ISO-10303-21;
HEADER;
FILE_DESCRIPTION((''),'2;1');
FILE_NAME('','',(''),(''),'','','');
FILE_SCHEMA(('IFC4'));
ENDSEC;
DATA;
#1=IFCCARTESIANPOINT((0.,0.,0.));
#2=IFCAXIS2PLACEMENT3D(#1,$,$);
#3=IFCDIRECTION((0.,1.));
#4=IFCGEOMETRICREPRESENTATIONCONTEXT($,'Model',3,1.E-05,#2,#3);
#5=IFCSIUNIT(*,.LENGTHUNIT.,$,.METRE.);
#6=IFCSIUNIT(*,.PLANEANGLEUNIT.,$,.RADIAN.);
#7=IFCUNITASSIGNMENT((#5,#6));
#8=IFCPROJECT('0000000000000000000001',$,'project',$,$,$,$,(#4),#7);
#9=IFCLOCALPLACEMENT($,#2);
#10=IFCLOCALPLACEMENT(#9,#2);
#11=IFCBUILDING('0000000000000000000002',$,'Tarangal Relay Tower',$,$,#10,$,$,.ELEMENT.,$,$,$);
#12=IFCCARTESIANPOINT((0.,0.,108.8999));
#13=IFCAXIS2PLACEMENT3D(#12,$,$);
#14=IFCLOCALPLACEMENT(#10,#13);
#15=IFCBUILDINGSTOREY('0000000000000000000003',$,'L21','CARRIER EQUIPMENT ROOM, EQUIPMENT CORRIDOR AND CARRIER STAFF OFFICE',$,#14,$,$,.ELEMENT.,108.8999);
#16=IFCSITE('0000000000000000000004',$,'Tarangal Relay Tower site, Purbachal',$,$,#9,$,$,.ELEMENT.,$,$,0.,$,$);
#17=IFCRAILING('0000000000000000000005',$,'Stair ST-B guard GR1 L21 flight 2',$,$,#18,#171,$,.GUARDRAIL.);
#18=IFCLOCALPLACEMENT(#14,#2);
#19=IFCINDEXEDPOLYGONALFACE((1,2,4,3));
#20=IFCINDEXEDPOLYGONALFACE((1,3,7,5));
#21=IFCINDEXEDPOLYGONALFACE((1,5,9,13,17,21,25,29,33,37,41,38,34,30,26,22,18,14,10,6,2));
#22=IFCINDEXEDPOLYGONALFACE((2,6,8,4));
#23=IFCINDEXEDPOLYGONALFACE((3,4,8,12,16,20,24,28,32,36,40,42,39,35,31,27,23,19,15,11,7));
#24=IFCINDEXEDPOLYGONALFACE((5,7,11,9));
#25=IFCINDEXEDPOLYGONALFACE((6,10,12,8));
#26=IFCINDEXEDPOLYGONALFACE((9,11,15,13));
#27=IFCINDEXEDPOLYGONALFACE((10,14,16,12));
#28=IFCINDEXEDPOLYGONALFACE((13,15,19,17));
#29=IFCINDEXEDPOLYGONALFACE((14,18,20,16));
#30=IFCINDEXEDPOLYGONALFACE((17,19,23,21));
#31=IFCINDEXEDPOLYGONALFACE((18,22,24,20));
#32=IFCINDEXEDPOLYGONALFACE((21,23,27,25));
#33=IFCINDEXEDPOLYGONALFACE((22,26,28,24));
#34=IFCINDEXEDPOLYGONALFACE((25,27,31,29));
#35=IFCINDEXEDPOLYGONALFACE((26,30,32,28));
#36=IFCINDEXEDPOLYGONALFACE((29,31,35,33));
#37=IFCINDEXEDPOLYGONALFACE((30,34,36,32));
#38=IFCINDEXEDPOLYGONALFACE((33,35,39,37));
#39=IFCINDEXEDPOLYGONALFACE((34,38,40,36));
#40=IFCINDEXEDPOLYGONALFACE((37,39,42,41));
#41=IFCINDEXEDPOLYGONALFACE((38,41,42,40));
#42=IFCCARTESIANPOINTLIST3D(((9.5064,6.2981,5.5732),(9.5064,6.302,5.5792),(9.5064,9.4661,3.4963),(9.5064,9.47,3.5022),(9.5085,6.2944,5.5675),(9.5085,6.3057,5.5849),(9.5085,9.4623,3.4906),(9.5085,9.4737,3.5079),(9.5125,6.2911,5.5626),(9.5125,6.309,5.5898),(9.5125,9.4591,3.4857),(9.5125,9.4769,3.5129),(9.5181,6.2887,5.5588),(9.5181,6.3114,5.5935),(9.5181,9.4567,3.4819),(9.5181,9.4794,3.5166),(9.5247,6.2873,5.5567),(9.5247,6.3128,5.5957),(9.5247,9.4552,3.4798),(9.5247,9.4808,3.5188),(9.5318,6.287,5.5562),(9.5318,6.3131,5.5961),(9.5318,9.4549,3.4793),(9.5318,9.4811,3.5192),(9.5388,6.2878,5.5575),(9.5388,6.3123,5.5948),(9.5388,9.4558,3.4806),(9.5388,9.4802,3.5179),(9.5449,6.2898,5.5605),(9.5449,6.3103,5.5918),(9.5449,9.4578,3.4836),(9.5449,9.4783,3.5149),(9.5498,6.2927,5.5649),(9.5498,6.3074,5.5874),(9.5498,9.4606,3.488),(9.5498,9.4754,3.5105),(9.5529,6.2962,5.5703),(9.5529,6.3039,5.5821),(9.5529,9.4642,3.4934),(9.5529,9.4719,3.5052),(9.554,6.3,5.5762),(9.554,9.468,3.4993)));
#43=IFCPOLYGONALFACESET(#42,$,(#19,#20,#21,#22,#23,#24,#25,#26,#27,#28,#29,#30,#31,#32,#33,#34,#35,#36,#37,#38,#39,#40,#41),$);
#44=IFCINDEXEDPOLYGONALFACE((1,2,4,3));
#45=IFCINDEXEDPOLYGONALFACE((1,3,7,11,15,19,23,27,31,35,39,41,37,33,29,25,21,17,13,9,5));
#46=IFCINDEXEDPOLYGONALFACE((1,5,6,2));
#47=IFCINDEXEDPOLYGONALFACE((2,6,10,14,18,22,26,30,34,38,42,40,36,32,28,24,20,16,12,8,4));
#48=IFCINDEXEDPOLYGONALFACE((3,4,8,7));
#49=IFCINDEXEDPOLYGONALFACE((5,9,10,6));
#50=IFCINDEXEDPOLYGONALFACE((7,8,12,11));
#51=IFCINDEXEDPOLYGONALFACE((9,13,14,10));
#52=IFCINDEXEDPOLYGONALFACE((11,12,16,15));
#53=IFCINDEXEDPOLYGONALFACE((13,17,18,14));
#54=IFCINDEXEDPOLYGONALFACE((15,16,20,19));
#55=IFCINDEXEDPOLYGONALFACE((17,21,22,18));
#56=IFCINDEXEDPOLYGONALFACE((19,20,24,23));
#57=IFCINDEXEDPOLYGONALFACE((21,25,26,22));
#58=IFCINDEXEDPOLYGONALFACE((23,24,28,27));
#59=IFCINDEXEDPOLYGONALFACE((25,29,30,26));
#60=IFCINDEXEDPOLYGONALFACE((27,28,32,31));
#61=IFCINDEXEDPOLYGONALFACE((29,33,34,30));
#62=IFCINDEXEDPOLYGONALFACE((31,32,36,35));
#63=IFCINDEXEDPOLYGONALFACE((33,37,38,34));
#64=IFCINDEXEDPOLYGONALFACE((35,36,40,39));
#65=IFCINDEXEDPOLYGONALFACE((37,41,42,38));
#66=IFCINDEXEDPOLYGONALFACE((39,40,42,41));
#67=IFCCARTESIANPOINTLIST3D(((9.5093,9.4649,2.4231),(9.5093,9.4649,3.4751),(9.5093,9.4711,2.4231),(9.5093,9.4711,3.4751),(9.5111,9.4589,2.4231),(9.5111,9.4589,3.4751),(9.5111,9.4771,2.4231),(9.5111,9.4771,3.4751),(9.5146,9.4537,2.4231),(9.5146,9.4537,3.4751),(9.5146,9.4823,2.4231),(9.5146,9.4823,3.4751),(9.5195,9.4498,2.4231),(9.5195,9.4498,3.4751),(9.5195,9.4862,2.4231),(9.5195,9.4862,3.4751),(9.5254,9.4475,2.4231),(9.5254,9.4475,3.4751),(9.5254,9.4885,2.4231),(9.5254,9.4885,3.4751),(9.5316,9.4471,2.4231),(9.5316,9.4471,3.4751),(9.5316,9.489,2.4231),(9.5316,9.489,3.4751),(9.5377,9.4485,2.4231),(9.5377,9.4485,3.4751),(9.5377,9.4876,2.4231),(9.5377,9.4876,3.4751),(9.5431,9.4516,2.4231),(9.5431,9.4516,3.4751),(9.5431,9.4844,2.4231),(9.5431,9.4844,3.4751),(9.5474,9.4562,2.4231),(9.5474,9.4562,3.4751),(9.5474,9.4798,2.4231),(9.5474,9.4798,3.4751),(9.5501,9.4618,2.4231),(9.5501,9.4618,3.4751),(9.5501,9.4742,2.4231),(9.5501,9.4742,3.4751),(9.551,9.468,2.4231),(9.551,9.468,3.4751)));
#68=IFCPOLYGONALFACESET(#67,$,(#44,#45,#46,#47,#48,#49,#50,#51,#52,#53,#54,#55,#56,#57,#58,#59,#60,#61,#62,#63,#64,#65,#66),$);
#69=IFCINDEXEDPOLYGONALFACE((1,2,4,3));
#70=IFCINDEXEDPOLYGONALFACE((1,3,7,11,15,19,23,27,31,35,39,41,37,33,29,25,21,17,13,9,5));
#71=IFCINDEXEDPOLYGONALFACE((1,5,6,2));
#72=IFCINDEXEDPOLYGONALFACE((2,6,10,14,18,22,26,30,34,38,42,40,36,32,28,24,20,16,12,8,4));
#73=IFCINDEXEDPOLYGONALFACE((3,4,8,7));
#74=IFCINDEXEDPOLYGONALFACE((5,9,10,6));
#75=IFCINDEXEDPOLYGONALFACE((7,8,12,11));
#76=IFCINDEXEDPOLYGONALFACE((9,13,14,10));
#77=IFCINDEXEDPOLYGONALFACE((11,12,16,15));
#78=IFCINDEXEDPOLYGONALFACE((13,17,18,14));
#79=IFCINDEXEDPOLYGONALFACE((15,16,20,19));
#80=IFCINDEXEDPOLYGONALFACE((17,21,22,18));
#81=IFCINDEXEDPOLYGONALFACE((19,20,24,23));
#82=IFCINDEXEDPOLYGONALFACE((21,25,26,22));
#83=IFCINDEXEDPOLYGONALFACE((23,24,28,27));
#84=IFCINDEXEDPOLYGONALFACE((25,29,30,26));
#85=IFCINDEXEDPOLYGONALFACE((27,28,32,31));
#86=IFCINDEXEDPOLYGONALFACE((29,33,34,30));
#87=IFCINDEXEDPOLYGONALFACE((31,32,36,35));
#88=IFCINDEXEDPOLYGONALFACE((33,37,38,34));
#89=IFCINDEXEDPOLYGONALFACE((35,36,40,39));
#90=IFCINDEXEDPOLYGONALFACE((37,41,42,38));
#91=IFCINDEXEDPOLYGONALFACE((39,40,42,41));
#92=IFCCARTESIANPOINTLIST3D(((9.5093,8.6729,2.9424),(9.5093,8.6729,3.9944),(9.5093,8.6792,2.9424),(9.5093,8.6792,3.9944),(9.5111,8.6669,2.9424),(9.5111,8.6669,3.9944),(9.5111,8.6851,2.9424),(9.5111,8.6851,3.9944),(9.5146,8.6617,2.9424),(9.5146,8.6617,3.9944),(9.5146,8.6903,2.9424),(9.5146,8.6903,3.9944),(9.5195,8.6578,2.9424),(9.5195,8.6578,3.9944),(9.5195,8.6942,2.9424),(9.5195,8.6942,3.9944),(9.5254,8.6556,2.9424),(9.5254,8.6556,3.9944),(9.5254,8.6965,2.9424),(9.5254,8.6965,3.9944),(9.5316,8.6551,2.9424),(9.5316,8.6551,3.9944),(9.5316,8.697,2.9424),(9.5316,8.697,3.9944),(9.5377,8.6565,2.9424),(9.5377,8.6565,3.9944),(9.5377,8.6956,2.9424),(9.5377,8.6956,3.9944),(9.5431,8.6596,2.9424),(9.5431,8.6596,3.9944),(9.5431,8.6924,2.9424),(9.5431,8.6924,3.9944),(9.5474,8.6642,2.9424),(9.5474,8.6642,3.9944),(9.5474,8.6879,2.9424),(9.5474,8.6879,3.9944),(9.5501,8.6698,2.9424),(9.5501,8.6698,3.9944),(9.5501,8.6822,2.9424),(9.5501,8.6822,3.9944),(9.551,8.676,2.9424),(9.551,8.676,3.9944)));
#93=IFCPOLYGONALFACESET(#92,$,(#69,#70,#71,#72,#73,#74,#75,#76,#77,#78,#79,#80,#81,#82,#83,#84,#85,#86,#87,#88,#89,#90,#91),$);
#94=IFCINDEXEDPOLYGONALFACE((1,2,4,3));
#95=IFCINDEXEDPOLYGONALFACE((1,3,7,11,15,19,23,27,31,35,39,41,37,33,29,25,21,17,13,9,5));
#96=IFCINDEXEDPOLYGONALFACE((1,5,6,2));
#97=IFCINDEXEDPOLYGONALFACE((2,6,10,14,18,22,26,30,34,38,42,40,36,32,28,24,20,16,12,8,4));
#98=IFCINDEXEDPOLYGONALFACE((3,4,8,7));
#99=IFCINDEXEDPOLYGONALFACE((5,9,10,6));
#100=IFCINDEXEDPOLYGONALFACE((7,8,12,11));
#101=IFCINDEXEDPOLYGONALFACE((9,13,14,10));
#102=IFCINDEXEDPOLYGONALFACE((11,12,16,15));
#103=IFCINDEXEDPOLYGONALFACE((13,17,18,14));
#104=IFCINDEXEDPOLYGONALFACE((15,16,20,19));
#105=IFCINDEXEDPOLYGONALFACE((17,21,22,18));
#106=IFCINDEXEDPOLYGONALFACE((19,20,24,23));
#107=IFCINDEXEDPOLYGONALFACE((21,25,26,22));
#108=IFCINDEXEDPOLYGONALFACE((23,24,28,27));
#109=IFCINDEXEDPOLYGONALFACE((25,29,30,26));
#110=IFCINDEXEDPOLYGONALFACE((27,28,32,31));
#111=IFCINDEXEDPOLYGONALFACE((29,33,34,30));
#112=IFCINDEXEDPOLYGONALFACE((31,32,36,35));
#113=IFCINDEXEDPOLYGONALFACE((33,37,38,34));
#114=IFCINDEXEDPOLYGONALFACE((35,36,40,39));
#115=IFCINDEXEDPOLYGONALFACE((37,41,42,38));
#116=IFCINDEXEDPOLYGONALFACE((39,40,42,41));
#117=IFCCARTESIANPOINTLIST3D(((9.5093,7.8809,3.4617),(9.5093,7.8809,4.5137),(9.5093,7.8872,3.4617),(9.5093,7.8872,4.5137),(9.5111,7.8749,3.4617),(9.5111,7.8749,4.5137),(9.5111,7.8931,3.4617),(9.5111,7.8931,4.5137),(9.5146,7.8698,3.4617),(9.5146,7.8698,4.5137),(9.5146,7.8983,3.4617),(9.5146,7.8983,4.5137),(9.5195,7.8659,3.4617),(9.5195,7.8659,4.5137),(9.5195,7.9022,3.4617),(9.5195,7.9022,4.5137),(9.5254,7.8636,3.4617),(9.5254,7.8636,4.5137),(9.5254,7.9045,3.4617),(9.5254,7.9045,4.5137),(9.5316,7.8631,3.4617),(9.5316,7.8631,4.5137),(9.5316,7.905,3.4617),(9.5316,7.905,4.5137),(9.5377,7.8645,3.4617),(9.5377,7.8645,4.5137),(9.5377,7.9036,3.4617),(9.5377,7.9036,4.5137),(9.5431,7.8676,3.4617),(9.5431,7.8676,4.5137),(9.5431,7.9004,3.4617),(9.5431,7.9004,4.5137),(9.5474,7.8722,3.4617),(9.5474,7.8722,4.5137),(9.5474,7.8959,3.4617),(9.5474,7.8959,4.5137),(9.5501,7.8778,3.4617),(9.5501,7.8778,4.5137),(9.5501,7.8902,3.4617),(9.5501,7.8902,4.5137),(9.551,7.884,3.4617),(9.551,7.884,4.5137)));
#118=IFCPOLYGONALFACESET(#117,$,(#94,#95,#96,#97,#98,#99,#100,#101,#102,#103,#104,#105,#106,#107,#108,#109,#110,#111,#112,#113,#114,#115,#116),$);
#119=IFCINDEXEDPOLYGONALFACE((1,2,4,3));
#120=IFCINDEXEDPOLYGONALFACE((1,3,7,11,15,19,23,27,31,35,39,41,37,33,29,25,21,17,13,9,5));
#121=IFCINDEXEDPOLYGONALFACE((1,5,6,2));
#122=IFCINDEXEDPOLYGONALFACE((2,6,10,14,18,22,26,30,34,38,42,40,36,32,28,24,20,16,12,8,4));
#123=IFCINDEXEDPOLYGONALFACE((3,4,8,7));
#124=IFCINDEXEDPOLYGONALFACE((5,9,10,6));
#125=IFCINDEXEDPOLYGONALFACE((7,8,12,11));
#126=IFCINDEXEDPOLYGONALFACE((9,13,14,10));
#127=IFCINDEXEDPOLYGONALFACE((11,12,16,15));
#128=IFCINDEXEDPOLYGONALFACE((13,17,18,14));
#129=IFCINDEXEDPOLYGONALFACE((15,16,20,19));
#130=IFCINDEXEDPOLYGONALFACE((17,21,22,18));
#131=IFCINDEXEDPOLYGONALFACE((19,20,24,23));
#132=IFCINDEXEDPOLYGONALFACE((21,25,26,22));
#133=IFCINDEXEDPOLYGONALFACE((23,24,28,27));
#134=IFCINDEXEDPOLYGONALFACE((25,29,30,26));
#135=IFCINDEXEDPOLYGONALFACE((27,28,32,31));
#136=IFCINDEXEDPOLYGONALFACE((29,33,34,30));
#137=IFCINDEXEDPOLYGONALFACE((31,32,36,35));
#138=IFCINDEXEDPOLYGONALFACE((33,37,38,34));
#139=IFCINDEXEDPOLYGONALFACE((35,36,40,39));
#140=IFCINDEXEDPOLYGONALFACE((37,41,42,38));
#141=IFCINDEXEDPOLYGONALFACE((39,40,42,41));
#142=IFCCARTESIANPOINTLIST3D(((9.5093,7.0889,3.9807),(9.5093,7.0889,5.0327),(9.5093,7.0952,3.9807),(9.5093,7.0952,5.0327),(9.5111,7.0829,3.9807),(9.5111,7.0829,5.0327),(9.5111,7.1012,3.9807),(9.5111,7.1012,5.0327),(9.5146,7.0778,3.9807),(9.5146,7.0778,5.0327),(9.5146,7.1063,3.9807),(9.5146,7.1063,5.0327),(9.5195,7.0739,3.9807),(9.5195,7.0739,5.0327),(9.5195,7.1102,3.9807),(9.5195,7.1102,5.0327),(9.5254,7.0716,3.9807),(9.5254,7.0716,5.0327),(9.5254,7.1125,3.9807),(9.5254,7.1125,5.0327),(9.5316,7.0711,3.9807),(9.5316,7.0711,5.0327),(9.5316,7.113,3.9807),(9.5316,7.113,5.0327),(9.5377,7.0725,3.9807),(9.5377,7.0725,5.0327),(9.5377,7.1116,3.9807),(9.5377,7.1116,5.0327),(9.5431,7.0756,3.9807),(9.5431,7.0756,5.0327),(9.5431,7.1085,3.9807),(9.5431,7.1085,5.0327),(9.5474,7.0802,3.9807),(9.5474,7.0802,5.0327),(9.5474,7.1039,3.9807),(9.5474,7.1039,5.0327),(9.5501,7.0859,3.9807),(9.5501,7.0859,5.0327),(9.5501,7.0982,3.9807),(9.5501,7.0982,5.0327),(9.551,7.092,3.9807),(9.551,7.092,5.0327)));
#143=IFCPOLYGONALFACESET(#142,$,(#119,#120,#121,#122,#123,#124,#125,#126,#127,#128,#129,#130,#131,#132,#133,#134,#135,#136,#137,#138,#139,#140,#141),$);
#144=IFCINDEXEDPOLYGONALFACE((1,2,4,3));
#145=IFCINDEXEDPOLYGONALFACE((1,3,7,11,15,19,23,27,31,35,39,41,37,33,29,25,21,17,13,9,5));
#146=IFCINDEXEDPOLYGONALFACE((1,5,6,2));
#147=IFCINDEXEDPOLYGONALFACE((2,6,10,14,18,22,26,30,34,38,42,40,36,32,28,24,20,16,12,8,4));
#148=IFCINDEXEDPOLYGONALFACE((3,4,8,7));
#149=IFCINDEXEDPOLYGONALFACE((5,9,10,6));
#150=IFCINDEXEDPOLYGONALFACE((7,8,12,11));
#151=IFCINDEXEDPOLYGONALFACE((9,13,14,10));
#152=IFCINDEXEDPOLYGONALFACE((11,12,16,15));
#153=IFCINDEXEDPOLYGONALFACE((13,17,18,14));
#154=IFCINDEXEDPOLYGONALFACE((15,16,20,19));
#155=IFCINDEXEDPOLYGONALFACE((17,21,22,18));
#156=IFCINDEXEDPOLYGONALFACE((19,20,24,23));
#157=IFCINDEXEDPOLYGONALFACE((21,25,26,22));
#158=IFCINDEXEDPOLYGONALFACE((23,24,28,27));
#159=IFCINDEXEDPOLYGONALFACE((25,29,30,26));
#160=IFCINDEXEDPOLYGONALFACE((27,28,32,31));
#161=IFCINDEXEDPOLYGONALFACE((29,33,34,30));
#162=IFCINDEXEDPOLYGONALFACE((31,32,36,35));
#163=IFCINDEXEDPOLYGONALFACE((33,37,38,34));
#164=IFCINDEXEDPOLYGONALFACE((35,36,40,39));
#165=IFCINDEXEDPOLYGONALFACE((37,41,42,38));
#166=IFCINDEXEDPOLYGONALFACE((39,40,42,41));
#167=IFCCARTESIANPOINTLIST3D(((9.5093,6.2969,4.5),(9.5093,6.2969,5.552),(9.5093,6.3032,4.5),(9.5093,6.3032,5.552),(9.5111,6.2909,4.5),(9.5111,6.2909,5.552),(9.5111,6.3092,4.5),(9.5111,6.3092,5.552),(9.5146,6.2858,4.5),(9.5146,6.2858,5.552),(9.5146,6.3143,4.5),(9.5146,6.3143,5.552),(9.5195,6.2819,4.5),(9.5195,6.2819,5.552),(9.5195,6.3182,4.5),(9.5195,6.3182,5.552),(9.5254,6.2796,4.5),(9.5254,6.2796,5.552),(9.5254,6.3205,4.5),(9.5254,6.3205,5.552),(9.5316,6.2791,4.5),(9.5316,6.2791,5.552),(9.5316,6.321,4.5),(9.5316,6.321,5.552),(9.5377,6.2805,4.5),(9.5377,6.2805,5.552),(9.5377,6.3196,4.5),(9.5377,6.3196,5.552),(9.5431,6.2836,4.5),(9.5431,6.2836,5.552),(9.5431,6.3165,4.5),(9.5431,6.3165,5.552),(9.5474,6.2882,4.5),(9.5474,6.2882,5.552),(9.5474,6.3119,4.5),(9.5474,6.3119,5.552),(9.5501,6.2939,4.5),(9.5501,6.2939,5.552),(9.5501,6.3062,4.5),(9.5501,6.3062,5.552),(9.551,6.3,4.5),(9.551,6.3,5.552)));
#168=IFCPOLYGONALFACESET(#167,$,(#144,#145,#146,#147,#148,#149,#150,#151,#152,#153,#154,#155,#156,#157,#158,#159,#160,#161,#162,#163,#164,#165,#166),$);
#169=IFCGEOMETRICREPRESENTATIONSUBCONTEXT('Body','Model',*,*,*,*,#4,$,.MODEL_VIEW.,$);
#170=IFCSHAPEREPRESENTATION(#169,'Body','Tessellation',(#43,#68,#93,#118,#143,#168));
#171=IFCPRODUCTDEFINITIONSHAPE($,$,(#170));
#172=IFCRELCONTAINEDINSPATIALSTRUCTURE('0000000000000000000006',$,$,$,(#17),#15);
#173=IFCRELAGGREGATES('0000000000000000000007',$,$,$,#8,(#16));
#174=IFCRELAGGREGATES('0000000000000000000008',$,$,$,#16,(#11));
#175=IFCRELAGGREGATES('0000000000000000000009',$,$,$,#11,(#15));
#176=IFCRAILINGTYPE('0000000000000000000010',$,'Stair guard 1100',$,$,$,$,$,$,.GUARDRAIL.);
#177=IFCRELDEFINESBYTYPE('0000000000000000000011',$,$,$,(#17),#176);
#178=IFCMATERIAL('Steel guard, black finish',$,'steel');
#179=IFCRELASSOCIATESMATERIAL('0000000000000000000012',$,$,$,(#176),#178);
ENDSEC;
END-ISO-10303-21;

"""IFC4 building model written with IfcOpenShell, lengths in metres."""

from ifc_helpers import new_model, si_unit, direction, frame, origin, origin_2d, place, context, subcontext, project, spatial, circle, extrude, material, type_object, element, save


model = new_model("IFC4")

# Units and contexts
model_context = context("Model", 3, precision=1e-05, world=origin(), true_north=direction((0.0, 1.0)))
body_context = subcontext(model_context, "Body", "Model", "MODEL_VIEW")
ifc_project = project(units=[si_unit("LENGTHUNIT", "METRE"), si_unit("PLANEANGLEUNIT", "RADIAN")], contexts=[model_context])

# Site, building, storey
site_placement = place(None, origin())
site = spatial("IfcSite", under=ifc_project, at=site_placement, Name="Tarangal Relay Tower site, Purbachal", CompositionType="ELEMENT", RefElevation=0.0)
building_placement = place(site_placement, origin())
building = spatial("IfcBuilding", under=site, at=building_placement, Name="Tarangal Relay Tower", CompositionType="ELEMENT")
storey_placement = place(building_placement, frame((0.0, 0.0, 108.8999)))
storey = spatial("IfcBuildingStorey", under=building, at=storey_placement, Name="L21", Description="CARRIER EQUIPMENT ROOM, EQUIPMENT CORRIDOR AND CARRIER STAFF OFFICE", CompositionType="ELEMENT", Elevation=108.8999)

# Railing
ifc_material_1 = material(Name="Steel guard, black finish", Category="steel")
railing_type_1 = type_object("IfcRailingType", Name="Stair guard 1100", PredefinedType="GUARDRAIL", material=ifc_material_1)
railing_1_placement = place(storey_placement, frame((9.53, 9.468, 2.4231)))
element("IfcRailing", 1, at=railing_1_placement, inside=storey, type_object=railing_type_1, Name="Stair ST-B guard GR1 L21 flight 2", PredefinedType="GUARDRAIL", context=body_context, shape_type="SweptSolid", body=[
    extrude(circle(Radius=0.0239, at=origin_2d()), frame((0.0, 0.0, 1.0762), z_axis=(0.0, -0.836299, 0.548273), x_axis=(1.0, 0.0, 0.0)), (0.0, 0.0, 1.0), 3.7881),
    extrude(circle(Radius=0.021, at=origin_2d()), origin(), (0.0, 0.0, 1.0), 1.052),
    extrude(circle(Radius=0.021, at=origin_2d()), frame((0.0, -0.792, 0.5193)), (0.0, 0.0, 1.0), 1.052),
    extrude(circle(Radius=0.021, at=origin_2d()), frame((0.0, -1.584, 1.0386)), (0.0, 0.0, 1.0), 1.052),
    extrude(circle(Radius=0.021, at=origin_2d()), frame((0.0, -2.376, 1.5576)), (0.0, 0.0, 1.0), 1.052),
    extrude(circle(Radius=0.021, at=origin_2d()), frame((0.0, -3.168, 2.0769)), (0.0, 0.0, 1.0), 1.052),
])

save(model, "model.ifc")
